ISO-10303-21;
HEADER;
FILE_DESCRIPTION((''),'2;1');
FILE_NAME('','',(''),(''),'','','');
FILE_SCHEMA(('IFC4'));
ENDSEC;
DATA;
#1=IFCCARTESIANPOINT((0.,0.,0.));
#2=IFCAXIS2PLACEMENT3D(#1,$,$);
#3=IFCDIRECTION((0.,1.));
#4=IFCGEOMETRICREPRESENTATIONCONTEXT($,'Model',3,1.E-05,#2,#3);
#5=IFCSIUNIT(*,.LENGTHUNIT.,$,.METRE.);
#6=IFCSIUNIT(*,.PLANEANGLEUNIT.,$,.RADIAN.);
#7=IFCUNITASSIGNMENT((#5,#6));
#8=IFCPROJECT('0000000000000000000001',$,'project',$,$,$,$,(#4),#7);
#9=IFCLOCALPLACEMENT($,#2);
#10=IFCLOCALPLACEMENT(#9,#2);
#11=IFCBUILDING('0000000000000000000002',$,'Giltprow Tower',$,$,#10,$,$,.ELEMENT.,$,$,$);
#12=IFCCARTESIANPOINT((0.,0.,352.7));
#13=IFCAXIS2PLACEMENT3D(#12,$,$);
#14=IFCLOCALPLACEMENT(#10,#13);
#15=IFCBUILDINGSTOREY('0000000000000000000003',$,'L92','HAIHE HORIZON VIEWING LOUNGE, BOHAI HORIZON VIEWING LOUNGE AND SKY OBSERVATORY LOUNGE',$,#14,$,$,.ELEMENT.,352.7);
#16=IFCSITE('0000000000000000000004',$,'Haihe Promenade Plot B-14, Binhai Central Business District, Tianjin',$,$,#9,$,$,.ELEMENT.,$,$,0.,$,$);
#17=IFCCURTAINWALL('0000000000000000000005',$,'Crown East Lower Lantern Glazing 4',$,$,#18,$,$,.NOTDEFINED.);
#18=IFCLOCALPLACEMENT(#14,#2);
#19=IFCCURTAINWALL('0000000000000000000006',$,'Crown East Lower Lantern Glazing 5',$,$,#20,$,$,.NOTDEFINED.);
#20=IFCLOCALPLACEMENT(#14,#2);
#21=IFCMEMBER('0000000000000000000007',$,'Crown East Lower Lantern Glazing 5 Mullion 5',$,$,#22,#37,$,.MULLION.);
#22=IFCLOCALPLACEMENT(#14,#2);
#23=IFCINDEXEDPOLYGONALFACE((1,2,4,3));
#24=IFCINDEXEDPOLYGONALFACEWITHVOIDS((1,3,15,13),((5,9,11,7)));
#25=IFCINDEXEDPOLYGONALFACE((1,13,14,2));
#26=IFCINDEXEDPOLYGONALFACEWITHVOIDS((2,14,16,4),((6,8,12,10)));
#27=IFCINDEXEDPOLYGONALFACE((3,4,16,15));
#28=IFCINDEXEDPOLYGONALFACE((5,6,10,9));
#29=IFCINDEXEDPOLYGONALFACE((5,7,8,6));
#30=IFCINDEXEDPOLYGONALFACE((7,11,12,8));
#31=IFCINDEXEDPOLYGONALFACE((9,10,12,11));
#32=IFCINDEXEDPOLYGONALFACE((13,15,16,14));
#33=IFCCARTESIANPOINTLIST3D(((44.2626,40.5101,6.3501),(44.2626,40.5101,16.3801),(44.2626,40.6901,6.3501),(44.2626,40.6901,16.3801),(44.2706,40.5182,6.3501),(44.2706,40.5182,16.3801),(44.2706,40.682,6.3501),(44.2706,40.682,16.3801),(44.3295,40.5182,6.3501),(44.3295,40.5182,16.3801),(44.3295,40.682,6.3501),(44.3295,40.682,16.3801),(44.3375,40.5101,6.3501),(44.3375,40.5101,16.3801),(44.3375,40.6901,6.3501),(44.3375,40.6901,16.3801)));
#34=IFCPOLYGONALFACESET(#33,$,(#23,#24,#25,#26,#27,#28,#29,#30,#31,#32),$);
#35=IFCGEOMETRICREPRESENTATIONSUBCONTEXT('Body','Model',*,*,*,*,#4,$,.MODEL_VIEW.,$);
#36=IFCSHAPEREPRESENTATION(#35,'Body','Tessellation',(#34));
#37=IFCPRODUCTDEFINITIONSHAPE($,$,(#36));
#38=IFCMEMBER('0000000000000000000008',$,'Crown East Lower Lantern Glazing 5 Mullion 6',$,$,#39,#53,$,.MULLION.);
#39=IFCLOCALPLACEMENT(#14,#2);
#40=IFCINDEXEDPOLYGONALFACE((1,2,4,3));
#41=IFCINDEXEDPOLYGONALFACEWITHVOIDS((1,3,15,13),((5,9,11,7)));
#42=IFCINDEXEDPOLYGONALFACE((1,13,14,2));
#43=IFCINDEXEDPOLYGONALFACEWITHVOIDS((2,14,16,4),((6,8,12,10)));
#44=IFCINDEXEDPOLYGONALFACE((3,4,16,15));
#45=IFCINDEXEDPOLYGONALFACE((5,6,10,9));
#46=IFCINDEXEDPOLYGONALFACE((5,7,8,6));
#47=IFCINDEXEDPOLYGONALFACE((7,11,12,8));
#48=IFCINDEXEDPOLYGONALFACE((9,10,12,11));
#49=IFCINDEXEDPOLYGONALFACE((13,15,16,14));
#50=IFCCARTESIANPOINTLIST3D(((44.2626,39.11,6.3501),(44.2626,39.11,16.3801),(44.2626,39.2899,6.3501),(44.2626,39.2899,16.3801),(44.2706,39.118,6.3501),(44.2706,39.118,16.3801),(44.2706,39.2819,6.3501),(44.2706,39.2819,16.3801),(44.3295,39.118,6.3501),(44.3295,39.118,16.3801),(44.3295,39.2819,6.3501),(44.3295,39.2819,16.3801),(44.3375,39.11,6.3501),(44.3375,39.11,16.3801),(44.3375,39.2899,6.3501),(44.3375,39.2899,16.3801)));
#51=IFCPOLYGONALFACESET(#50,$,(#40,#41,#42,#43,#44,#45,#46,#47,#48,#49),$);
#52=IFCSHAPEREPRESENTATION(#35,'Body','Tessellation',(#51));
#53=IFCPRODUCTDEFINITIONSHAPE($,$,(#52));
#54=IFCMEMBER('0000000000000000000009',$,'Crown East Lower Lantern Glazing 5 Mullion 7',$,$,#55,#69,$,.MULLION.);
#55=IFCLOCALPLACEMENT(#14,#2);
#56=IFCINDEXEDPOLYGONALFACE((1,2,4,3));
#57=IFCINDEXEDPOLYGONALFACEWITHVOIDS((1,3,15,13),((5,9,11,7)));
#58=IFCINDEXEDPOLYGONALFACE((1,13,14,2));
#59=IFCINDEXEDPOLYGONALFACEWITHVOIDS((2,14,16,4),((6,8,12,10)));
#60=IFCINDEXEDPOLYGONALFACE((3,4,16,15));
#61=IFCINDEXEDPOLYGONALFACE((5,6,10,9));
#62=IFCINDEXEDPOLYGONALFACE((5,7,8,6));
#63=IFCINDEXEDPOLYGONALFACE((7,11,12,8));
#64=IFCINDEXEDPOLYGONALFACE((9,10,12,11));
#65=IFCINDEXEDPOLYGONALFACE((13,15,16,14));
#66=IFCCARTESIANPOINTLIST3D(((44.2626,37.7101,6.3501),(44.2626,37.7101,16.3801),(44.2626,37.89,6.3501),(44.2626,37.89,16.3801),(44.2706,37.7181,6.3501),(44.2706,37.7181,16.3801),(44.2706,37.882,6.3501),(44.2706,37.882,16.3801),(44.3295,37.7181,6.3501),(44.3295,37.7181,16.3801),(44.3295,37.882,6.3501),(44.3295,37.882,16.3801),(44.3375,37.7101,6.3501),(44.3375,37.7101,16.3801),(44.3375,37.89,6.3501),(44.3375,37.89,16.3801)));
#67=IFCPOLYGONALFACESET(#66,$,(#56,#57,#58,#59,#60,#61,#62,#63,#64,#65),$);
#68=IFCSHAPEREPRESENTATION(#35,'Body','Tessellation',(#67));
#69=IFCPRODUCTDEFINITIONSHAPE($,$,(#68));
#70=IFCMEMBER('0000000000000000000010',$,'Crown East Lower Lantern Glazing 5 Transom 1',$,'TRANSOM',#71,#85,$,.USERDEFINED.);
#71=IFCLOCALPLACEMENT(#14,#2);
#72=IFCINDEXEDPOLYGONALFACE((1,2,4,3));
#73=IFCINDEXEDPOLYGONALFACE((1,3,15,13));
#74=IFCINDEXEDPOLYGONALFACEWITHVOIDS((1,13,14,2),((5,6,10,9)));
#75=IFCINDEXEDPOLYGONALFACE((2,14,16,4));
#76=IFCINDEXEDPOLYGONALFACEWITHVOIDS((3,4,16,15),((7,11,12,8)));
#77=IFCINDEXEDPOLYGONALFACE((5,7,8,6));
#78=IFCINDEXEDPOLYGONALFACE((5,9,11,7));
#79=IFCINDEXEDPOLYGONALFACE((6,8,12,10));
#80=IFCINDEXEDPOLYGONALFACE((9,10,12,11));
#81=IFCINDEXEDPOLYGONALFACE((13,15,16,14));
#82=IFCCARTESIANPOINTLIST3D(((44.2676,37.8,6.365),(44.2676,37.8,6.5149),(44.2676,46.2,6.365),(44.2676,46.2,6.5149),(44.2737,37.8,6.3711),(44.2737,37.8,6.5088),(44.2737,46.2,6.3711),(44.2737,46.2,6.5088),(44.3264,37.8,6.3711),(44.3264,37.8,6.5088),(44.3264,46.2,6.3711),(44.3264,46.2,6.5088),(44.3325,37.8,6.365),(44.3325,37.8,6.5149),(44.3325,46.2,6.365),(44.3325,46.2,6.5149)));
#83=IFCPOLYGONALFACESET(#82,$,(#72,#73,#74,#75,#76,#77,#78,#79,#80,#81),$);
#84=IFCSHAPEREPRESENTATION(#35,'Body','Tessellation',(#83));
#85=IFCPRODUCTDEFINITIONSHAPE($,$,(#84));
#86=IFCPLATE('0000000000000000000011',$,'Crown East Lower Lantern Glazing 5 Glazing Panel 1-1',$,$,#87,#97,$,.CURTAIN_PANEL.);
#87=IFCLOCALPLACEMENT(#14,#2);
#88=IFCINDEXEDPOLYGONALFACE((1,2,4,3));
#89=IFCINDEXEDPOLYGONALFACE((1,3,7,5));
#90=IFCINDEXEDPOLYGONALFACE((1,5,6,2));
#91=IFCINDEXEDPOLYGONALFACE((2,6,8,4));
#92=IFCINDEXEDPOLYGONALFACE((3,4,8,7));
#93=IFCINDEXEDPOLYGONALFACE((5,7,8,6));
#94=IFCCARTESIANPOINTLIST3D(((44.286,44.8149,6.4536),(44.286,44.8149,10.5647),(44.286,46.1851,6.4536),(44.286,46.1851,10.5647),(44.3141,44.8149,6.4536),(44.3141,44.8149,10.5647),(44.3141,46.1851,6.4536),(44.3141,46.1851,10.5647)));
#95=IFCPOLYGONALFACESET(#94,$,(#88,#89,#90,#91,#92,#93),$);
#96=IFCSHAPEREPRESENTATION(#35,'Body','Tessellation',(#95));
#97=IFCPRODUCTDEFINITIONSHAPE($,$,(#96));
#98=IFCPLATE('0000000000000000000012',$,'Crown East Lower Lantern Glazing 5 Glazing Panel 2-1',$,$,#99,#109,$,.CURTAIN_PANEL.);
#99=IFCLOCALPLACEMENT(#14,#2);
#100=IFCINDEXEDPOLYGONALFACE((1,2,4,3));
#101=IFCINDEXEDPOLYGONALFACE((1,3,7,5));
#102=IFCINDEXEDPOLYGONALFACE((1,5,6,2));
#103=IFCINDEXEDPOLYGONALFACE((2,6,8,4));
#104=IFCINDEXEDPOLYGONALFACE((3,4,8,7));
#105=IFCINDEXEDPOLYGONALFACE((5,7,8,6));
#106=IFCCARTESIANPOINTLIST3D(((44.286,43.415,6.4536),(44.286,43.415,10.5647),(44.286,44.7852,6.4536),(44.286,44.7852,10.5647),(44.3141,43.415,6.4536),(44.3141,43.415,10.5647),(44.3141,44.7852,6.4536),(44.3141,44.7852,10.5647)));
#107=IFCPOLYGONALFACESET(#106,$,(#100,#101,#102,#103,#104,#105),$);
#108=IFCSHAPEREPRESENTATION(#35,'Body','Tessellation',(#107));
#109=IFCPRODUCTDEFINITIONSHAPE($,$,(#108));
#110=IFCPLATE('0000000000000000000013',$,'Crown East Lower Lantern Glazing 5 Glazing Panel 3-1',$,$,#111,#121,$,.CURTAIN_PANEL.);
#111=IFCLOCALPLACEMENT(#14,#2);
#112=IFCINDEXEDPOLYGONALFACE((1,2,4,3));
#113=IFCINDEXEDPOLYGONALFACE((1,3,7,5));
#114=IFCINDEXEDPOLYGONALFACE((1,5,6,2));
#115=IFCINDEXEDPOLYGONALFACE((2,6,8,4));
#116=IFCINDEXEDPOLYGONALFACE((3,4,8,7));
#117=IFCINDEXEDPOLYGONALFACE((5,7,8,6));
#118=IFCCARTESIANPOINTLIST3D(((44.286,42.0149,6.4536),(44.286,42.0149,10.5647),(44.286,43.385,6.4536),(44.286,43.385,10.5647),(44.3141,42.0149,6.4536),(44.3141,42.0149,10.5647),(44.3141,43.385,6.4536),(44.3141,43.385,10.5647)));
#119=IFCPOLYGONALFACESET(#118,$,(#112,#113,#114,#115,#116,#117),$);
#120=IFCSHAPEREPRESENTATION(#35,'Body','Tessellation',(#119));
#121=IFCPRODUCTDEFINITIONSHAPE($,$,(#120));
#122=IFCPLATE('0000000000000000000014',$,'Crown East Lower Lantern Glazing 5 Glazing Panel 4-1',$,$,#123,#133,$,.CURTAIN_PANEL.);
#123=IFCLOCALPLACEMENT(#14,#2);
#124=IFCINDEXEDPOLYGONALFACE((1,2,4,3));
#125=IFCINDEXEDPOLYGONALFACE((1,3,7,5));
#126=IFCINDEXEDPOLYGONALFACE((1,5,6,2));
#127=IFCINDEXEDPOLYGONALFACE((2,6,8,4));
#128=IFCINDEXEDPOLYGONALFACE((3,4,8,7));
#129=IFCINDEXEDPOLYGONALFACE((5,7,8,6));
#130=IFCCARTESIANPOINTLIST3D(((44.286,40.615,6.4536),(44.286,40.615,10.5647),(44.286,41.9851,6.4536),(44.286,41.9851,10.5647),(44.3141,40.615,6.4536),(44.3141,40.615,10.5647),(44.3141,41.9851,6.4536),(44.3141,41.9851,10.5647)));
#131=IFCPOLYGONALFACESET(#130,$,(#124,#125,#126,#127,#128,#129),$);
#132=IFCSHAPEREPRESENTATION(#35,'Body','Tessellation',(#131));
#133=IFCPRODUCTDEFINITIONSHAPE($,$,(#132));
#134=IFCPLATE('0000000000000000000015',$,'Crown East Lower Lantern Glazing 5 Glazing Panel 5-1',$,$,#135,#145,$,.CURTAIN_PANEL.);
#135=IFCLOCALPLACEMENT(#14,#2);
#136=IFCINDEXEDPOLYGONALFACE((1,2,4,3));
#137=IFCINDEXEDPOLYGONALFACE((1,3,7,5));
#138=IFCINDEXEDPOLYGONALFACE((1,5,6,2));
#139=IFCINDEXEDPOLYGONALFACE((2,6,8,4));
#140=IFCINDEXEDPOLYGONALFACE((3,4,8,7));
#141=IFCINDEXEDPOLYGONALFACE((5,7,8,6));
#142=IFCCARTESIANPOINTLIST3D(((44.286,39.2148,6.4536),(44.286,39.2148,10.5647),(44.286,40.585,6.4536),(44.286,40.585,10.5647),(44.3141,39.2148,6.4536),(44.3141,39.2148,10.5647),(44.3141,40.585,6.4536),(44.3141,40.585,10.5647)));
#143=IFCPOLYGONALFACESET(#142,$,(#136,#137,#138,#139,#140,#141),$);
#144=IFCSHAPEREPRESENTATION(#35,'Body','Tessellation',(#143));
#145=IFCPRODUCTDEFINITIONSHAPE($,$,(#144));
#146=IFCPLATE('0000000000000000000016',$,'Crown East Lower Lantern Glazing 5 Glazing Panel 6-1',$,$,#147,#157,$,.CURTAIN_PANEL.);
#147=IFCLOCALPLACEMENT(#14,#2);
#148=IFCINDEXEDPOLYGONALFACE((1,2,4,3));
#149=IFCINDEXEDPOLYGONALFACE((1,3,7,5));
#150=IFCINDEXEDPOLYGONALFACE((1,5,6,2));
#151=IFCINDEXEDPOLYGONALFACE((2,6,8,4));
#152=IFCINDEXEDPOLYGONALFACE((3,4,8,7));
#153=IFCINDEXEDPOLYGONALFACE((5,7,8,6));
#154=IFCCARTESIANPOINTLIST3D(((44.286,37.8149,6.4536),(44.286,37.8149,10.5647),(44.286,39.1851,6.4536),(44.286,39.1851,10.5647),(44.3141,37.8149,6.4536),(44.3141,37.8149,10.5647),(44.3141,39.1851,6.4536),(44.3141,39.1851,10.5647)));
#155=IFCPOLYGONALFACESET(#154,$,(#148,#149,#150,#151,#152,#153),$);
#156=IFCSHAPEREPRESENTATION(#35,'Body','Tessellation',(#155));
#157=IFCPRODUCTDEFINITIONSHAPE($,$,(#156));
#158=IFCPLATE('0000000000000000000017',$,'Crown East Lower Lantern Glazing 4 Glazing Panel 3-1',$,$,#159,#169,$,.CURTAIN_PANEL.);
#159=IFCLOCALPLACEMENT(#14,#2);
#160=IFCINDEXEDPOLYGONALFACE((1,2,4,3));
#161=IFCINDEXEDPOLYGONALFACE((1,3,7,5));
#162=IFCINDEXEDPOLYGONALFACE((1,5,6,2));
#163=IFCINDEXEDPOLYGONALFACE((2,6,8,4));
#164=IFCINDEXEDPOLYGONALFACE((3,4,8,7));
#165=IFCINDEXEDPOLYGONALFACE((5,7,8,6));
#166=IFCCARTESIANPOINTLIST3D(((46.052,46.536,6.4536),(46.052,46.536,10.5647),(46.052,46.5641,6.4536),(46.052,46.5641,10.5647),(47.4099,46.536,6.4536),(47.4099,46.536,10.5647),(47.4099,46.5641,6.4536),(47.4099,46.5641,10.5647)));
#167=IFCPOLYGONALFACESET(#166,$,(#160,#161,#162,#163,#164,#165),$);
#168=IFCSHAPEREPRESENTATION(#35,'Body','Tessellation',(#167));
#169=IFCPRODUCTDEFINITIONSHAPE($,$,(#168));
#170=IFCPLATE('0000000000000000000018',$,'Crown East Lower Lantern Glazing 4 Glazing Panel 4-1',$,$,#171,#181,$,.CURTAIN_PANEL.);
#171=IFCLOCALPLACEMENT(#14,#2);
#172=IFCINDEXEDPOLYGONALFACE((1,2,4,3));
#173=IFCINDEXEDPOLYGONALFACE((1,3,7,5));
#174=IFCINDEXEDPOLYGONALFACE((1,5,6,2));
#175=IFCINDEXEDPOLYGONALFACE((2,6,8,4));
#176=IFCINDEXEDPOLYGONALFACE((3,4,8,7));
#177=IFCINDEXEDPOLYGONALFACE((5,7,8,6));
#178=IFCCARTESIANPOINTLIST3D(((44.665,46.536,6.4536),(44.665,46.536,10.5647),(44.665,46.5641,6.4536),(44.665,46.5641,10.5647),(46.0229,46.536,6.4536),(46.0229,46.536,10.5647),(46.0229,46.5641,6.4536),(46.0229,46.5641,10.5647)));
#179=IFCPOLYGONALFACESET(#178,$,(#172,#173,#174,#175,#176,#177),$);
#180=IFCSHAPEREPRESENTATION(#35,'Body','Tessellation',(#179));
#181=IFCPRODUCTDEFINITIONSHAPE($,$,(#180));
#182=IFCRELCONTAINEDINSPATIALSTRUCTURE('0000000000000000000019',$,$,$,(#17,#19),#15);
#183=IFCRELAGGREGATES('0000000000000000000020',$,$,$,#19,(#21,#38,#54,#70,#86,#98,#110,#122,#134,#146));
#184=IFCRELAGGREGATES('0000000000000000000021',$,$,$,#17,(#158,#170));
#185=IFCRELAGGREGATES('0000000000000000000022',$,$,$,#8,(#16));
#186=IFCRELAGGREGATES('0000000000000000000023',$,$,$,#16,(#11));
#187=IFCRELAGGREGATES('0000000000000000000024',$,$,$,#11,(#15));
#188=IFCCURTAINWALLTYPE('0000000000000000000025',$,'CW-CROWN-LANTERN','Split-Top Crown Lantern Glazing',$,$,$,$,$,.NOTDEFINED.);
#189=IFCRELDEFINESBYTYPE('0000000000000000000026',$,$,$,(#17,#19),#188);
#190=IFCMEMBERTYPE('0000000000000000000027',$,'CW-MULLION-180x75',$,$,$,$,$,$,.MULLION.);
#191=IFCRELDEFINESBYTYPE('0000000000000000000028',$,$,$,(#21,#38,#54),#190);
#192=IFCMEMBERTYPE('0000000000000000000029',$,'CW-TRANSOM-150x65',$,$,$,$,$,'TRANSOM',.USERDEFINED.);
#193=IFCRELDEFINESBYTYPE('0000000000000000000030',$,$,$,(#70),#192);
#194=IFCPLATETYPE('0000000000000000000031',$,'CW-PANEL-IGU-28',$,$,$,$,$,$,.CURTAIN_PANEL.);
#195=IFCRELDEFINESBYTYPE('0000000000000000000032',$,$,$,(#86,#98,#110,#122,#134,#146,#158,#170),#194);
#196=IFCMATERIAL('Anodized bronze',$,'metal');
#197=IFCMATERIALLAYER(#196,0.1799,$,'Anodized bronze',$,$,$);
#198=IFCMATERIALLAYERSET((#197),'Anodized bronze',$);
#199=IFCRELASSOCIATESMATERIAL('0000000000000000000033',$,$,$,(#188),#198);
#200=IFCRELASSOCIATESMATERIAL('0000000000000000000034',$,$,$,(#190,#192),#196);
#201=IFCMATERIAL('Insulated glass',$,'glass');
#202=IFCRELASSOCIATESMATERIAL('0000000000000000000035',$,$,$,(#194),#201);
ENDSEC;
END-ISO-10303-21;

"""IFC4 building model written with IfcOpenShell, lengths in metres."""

from ifc_helpers import new_model, si_unit, direction, frame, origin, origin_2d, place, context, subcontext, project, spatial, rectangle, hollow_rectangle, extrude, source, transform, mapped, material, layer, layer_set, material_profile, profile_set, type_object, element, aggregate, save


model = new_model("IFC4")

# Units and contexts
model_context = context("Model", 3, precision=1e-05, world=origin(), true_north=direction((0.0, 1.0)))
body_context = subcontext(model_context, "Body", "Model", "MODEL_VIEW")
ifc_project = project(units=[si_unit("LENGTHUNIT", "METRE"), si_unit("PLANEANGLEUNIT", "RADIAN")], contexts=[model_context])

# Site, building, storey
site_placement = place(None, origin())
site = spatial("IfcSite", under=ifc_project, at=site_placement, Name="Haihe Promenade Plot B-14, Binhai Central Business District, Tianjin", CompositionType="ELEMENT", RefElevation=0.0)
building_placement = place(site_placement, origin())
building = spatial("IfcBuilding", under=site, at=building_placement, Name="Giltprow Tower", CompositionType="ELEMENT")
storey_placement = place(building_placement, frame((0.0, 0.0, 352.7)))
storey = spatial("IfcBuildingStorey", under=building, at=storey_placement, Name="L92", Description="HAIHE HORIZON VIEWING LOUNGE, BOHAI HORIZON VIEWING LOUNGE AND SKY OBSERVATORY LOUNGE", CompositionType="ELEMENT", Elevation=352.7)

# Curtain wall
ifc_material_1 = material(Name="Anodized bronze", Category="metal")
ifc_layer_1 = layer(ifc_material_1, 0.1799, Name="Anodized bronze")
ifc_layer_set_1 = layer_set([ifc_layer_1], Name="Anodized bronze")
curtain_wall_type = type_object("IfcCurtainWallType", Name="CW-CROWN-LANTERN", Description="Split-Top Crown Lantern Glazing", PredefinedType="NOTDEFINED", material=ifc_layer_set_1)
curtain_wall_1_placement = place(storey_placement, origin())
curtain_wall_1 = element("IfcCurtainWall", 1, at=curtain_wall_1_placement, inside=storey, type_object=curtain_wall_type, Name="Crown East Lower Lantern Glazing 4", PredefinedType="NOTDEFINED")
ifc_material_profile_1 = material_profile(ifc_material_1, hollow_rectangle(XDim=0.075, YDim=0.1799, WallThickness=0.0081, at=origin_2d()), Name="RHS 180x75x8")
ifc_profile_set_1 = profile_set([ifc_material_profile_1], Name="Anodized bronze")
member_type_1 = type_object("IfcMemberType", Name="CW-MULLION-180x75", PredefinedType="MULLION", material=ifc_profile_set_1)
shared_shape_1 = source(origin(), body_context, "Body", "SweptSolid", [
    extrude(hollow_rectangle(XDim=0.075, YDim=0.1799, WallThickness=0.0081, at=origin_2d()), origin(), (0.0, 0.0, 1.0), 10.03),
])

# Curtain wall, members, plates
curtain_wall_2_placement = place(storey_placement, origin())
curtain_wall_2 = element("IfcCurtainWall", 2, at=curtain_wall_2_placement, inside=storey, type_object=curtain_wall_type, Name="Crown East Lower Lantern Glazing 5", PredefinedType="NOTDEFINED")
member_1_placement = place(storey_placement, frame((44.3, 40.6001, 6.3501), z_axis=(0.0, 0.0, 1.0), x_axis=(1.0, 0.0, 0.0)))
member_1 = element("IfcMember", 3, at=member_1_placement, type_object=member_type_1, Name="Crown East Lower Lantern Glazing 5 Mullion 5", PredefinedType="MULLION", context=body_context, shape_type="MappedRepresentation", body=[
    mapped(shared_shape_1, transform((0.0, 0.0, 0.0), x_axis=(1.0, 0.0, 0.0), y_axis=(0.0, 1.0, 0.0), z_axis=(0.0, 0.0, 1.0), scale=1.0)),
])
member_2_placement = place(storey_placement, frame((44.3, 39.2, 6.3501), z_axis=(0.0, 0.0, 1.0), x_axis=(1.0, 0.0, 0.0)))
member_2 = element("IfcMember", 4, at=member_2_placement, type_object=member_type_1, Name="Crown East Lower Lantern Glazing 5 Mullion 6", PredefinedType="MULLION", context=body_context, shape_type="MappedRepresentation", body=[
    mapped(shared_shape_1, transform((0.0, 0.0, 0.0), x_axis=(1.0, 0.0, 0.0), y_axis=(0.0, 1.0, 0.0), z_axis=(0.0, 0.0, 1.0), scale=1.0)),
])
member_3_placement = place(storey_placement, frame((44.3, 37.8, 6.3501), z_axis=(0.0, 0.0, 1.0), x_axis=(1.0, 0.0, 0.0)))
member_3 = element("IfcMember", 5, at=member_3_placement, type_object=member_type_1, Name="Crown East Lower Lantern Glazing 5 Mullion 7", PredefinedType="MULLION", context=body_context, shape_type="MappedRepresentation", body=[
    mapped(shared_shape_1, transform((0.0, 0.0, 0.0), x_axis=(1.0, 0.0, 0.0), y_axis=(0.0, 1.0, 0.0), z_axis=(0.0, 0.0, 1.0), scale=1.0)),
])
ifc_material_profile_2 = material_profile(ifc_material_1, hollow_rectangle(XDim=0.0649, YDim=0.1499, WallThickness=0.0061, at=origin_2d()), Name="RHS 150x65x6")
ifc_profile_set_2 = profile_set([ifc_material_profile_2], Name="Anodized bronze")
member_type_2 = type_object("IfcMemberType", Name="CW-TRANSOM-150x65", ElementType="TRANSOM", PredefinedType="USERDEFINED", material=ifc_profile_set_2)
shared_shape_2 = source(origin(), body_context, "Body", "SweptSolid", [
    extrude(hollow_rectangle(XDim=0.0649, YDim=0.1499, WallThickness=0.0061, at=origin_2d()), origin(), (0.0, 0.0, 1.0), 8.3999),
])
member_4_placement = place(storey_placement, frame((44.3, 46.2, 6.4399), z_axis=(0.0, -1.0, 0.0), x_axis=(1.0, 0.0, 0.0)))
member_4 = element("IfcMember", 6, at=member_4_placement, type_object=member_type_2, Name="Crown East Lower Lantern Glazing 5 Transom 1", ObjectType="TRANSOM", PredefinedType="USERDEFINED", context=body_context, shape_type="MappedRepresentation", body=[
    mapped(shared_shape_2, transform((0.0, 0.0, 0.0), x_axis=(1.0, 0.0, 0.0), y_axis=(0.0, 1.0, 0.0), z_axis=(0.0, 0.0, 1.0), scale=1.0)),
])
ifc_material_2 = material(Name="Insulated glass", Category="glass")
plate_type = type_object("IfcPlateType", Name="CW-PANEL-IGU-28", PredefinedType="CURTAIN_PANEL", material=ifc_material_2)
shared_shape_3 = source(origin(), body_context, "Body", "SweptSolid", [
    extrude(rectangle(XDim=1.3701, YDim=0.0281, at=origin_2d()), origin(), (0.0, 0.0, 1.0), 4.1111),
])
plate_1_placement = place(storey_placement, frame((44.3, 45.5, 6.4536), z_axis=(0.0, 0.0, 1.0), x_axis=(0.0, -1.0, 0.0)))
plate_1 = element("IfcPlate", 7, at=plate_1_placement, type_object=plate_type, Name="Crown East Lower Lantern Glazing 5 Glazing Panel 1-1", PredefinedType="CURTAIN_PANEL", context=body_context, shape_type="MappedRepresentation", body=[
    mapped(shared_shape_3, transform((0.0, 0.0, 0.0), x_axis=(1.0, 0.0, 0.0), y_axis=(0.0, 1.0, 0.0), z_axis=(0.0, 0.0, 1.0), scale=1.0)),
])
plate_2_placement = place(storey_placement, frame((44.3, 44.1001, 6.4536), z_axis=(0.0, 0.0, 1.0), x_axis=(0.0, -1.0, 0.0)))
plate_2 = element("IfcPlate", 8, at=plate_2_placement, type_object=plate_type, Name="Crown East Lower Lantern Glazing 5 Glazing Panel 2-1", PredefinedType="CURTAIN_PANEL", context=body_context, shape_type="MappedRepresentation", body=[
    mapped(shared_shape_3, transform((0.0, 0.0, 0.0), x_axis=(1.0, 0.0, 0.0), y_axis=(0.0, 1.0, 0.0), z_axis=(0.0, 0.0, 1.0), scale=1.0)),
])
plate_3_placement = place(storey_placement, frame((44.3, 42.7, 6.4536), z_axis=(0.0, 0.0, 1.0), x_axis=(0.0, -1.0, 0.0)))
plate_3 = element("IfcPlate", 9, at=plate_3_placement, type_object=plate_type, Name="Crown East Lower Lantern Glazing 5 Glazing Panel 3-1", PredefinedType="CURTAIN_PANEL", context=body_context, shape_type="MappedRepresentation", body=[
    mapped(shared_shape_3, transform((0.0, 0.0, 0.0), x_axis=(1.0, 0.0, 0.0), y_axis=(0.0, 1.0, 0.0), z_axis=(0.0, 0.0, 1.0), scale=1.0)),
])
plate_4_placement = place(storey_placement, frame((44.3, 41.3, 6.4536), z_axis=(0.0, 0.0, 1.0), x_axis=(0.0, -1.0, 0.0)))
plate_4 = element("IfcPlate", 10, at=plate_4_placement, type_object=plate_type, Name="Crown East Lower Lantern Glazing 5 Glazing Panel 4-1", PredefinedType="CURTAIN_PANEL", context=body_context, shape_type="MappedRepresentation", body=[
    mapped(shared_shape_3, transform((0.0, 0.0, 0.0), x_axis=(1.0, 0.0, 0.0), y_axis=(0.0, 1.0, 0.0), z_axis=(0.0, 0.0, 1.0), scale=1.0)),
])
plate_5_placement = place(storey_placement, frame((44.3, 39.8999, 6.4536), z_axis=(0.0, 0.0, 1.0), x_axis=(0.0, -1.0, 0.0)))
plate_5 = element("IfcPlate", 11, at=plate_5_placement, type_object=plate_type, Name="Crown East Lower Lantern Glazing 5 Glazing Panel 5-1", PredefinedType="CURTAIN_PANEL", context=body_context, shape_type="MappedRepresentation", body=[
    mapped(shared_shape_3, transform((0.0, 0.0, 0.0), x_axis=(1.0, 0.0, 0.0), y_axis=(0.0, 1.0, 0.0), z_axis=(0.0, 0.0, 1.0), scale=1.0)),
])
plate_6_placement = place(storey_placement, frame((44.3, 38.5, 6.4536), z_axis=(0.0, 0.0, 1.0), x_axis=(0.0, -1.0, 0.0)))
plate_6 = element("IfcPlate", 12, at=plate_6_placement, type_object=plate_type, Name="Crown East Lower Lantern Glazing 5 Glazing Panel 6-1", PredefinedType="CURTAIN_PANEL", context=body_context, shape_type="MappedRepresentation", body=[
    mapped(shared_shape_3, transform((0.0, 0.0, 0.0), x_axis=(1.0, 0.0, 0.0), y_axis=(0.0, 1.0, 0.0), z_axis=(0.0, 0.0, 1.0), scale=1.0)),
])
aggregate(curtain_wall_2, [member_1, member_2, member_3, member_4, plate_1, plate_2, plate_3, plate_4, plate_5, plate_6])

# Plates
shared_shape_4 = source(origin(), body_context, "Body", "SweptSolid", [
    extrude(rectangle(XDim=1.3579, YDim=0.0281, at=origin_2d()), origin(), (0.0, 0.0, 1.0), 4.1111),
])
plate_7_placement = place(storey_placement, frame((46.731, 46.55, 6.4536), z_axis=(0.0, 0.0, 1.0), x_axis=(-1.0, 0.0, 0.0)))
plate_7 = element("IfcPlate", 13, at=plate_7_placement, type_object=plate_type, Name="Crown East Lower Lantern Glazing 4 Glazing Panel 3-1", PredefinedType="CURTAIN_PANEL", context=body_context, shape_type="MappedRepresentation", body=[
    mapped(shared_shape_4, transform((0.0, 0.0, 0.0), x_axis=(1.0, 0.0, 0.0), y_axis=(0.0, 1.0, 0.0), z_axis=(0.0, 0.0, 1.0), scale=1.0)),
])
plate_8_placement = place(storey_placement, frame((45.344, 46.55, 6.4536), z_axis=(0.0, 0.0, 1.0), x_axis=(-1.0, 0.0, 0.0)))
plate_8 = element("IfcPlate", 14, at=plate_8_placement, type_object=plate_type, Name="Crown East Lower Lantern Glazing 4 Glazing Panel 4-1", PredefinedType="CURTAIN_PANEL", context=body_context, shape_type="MappedRepresentation", body=[
    mapped(shared_shape_4, transform((0.0, 0.0, 0.0), x_axis=(1.0, 0.0, 0.0), y_axis=(0.0, 1.0, 0.0), z_axis=(0.0, 0.0, 1.0), scale=1.0)),
])
aggregate(curtain_wall_1, [plate_7, plate_8])

save(model, "model.ifc")
